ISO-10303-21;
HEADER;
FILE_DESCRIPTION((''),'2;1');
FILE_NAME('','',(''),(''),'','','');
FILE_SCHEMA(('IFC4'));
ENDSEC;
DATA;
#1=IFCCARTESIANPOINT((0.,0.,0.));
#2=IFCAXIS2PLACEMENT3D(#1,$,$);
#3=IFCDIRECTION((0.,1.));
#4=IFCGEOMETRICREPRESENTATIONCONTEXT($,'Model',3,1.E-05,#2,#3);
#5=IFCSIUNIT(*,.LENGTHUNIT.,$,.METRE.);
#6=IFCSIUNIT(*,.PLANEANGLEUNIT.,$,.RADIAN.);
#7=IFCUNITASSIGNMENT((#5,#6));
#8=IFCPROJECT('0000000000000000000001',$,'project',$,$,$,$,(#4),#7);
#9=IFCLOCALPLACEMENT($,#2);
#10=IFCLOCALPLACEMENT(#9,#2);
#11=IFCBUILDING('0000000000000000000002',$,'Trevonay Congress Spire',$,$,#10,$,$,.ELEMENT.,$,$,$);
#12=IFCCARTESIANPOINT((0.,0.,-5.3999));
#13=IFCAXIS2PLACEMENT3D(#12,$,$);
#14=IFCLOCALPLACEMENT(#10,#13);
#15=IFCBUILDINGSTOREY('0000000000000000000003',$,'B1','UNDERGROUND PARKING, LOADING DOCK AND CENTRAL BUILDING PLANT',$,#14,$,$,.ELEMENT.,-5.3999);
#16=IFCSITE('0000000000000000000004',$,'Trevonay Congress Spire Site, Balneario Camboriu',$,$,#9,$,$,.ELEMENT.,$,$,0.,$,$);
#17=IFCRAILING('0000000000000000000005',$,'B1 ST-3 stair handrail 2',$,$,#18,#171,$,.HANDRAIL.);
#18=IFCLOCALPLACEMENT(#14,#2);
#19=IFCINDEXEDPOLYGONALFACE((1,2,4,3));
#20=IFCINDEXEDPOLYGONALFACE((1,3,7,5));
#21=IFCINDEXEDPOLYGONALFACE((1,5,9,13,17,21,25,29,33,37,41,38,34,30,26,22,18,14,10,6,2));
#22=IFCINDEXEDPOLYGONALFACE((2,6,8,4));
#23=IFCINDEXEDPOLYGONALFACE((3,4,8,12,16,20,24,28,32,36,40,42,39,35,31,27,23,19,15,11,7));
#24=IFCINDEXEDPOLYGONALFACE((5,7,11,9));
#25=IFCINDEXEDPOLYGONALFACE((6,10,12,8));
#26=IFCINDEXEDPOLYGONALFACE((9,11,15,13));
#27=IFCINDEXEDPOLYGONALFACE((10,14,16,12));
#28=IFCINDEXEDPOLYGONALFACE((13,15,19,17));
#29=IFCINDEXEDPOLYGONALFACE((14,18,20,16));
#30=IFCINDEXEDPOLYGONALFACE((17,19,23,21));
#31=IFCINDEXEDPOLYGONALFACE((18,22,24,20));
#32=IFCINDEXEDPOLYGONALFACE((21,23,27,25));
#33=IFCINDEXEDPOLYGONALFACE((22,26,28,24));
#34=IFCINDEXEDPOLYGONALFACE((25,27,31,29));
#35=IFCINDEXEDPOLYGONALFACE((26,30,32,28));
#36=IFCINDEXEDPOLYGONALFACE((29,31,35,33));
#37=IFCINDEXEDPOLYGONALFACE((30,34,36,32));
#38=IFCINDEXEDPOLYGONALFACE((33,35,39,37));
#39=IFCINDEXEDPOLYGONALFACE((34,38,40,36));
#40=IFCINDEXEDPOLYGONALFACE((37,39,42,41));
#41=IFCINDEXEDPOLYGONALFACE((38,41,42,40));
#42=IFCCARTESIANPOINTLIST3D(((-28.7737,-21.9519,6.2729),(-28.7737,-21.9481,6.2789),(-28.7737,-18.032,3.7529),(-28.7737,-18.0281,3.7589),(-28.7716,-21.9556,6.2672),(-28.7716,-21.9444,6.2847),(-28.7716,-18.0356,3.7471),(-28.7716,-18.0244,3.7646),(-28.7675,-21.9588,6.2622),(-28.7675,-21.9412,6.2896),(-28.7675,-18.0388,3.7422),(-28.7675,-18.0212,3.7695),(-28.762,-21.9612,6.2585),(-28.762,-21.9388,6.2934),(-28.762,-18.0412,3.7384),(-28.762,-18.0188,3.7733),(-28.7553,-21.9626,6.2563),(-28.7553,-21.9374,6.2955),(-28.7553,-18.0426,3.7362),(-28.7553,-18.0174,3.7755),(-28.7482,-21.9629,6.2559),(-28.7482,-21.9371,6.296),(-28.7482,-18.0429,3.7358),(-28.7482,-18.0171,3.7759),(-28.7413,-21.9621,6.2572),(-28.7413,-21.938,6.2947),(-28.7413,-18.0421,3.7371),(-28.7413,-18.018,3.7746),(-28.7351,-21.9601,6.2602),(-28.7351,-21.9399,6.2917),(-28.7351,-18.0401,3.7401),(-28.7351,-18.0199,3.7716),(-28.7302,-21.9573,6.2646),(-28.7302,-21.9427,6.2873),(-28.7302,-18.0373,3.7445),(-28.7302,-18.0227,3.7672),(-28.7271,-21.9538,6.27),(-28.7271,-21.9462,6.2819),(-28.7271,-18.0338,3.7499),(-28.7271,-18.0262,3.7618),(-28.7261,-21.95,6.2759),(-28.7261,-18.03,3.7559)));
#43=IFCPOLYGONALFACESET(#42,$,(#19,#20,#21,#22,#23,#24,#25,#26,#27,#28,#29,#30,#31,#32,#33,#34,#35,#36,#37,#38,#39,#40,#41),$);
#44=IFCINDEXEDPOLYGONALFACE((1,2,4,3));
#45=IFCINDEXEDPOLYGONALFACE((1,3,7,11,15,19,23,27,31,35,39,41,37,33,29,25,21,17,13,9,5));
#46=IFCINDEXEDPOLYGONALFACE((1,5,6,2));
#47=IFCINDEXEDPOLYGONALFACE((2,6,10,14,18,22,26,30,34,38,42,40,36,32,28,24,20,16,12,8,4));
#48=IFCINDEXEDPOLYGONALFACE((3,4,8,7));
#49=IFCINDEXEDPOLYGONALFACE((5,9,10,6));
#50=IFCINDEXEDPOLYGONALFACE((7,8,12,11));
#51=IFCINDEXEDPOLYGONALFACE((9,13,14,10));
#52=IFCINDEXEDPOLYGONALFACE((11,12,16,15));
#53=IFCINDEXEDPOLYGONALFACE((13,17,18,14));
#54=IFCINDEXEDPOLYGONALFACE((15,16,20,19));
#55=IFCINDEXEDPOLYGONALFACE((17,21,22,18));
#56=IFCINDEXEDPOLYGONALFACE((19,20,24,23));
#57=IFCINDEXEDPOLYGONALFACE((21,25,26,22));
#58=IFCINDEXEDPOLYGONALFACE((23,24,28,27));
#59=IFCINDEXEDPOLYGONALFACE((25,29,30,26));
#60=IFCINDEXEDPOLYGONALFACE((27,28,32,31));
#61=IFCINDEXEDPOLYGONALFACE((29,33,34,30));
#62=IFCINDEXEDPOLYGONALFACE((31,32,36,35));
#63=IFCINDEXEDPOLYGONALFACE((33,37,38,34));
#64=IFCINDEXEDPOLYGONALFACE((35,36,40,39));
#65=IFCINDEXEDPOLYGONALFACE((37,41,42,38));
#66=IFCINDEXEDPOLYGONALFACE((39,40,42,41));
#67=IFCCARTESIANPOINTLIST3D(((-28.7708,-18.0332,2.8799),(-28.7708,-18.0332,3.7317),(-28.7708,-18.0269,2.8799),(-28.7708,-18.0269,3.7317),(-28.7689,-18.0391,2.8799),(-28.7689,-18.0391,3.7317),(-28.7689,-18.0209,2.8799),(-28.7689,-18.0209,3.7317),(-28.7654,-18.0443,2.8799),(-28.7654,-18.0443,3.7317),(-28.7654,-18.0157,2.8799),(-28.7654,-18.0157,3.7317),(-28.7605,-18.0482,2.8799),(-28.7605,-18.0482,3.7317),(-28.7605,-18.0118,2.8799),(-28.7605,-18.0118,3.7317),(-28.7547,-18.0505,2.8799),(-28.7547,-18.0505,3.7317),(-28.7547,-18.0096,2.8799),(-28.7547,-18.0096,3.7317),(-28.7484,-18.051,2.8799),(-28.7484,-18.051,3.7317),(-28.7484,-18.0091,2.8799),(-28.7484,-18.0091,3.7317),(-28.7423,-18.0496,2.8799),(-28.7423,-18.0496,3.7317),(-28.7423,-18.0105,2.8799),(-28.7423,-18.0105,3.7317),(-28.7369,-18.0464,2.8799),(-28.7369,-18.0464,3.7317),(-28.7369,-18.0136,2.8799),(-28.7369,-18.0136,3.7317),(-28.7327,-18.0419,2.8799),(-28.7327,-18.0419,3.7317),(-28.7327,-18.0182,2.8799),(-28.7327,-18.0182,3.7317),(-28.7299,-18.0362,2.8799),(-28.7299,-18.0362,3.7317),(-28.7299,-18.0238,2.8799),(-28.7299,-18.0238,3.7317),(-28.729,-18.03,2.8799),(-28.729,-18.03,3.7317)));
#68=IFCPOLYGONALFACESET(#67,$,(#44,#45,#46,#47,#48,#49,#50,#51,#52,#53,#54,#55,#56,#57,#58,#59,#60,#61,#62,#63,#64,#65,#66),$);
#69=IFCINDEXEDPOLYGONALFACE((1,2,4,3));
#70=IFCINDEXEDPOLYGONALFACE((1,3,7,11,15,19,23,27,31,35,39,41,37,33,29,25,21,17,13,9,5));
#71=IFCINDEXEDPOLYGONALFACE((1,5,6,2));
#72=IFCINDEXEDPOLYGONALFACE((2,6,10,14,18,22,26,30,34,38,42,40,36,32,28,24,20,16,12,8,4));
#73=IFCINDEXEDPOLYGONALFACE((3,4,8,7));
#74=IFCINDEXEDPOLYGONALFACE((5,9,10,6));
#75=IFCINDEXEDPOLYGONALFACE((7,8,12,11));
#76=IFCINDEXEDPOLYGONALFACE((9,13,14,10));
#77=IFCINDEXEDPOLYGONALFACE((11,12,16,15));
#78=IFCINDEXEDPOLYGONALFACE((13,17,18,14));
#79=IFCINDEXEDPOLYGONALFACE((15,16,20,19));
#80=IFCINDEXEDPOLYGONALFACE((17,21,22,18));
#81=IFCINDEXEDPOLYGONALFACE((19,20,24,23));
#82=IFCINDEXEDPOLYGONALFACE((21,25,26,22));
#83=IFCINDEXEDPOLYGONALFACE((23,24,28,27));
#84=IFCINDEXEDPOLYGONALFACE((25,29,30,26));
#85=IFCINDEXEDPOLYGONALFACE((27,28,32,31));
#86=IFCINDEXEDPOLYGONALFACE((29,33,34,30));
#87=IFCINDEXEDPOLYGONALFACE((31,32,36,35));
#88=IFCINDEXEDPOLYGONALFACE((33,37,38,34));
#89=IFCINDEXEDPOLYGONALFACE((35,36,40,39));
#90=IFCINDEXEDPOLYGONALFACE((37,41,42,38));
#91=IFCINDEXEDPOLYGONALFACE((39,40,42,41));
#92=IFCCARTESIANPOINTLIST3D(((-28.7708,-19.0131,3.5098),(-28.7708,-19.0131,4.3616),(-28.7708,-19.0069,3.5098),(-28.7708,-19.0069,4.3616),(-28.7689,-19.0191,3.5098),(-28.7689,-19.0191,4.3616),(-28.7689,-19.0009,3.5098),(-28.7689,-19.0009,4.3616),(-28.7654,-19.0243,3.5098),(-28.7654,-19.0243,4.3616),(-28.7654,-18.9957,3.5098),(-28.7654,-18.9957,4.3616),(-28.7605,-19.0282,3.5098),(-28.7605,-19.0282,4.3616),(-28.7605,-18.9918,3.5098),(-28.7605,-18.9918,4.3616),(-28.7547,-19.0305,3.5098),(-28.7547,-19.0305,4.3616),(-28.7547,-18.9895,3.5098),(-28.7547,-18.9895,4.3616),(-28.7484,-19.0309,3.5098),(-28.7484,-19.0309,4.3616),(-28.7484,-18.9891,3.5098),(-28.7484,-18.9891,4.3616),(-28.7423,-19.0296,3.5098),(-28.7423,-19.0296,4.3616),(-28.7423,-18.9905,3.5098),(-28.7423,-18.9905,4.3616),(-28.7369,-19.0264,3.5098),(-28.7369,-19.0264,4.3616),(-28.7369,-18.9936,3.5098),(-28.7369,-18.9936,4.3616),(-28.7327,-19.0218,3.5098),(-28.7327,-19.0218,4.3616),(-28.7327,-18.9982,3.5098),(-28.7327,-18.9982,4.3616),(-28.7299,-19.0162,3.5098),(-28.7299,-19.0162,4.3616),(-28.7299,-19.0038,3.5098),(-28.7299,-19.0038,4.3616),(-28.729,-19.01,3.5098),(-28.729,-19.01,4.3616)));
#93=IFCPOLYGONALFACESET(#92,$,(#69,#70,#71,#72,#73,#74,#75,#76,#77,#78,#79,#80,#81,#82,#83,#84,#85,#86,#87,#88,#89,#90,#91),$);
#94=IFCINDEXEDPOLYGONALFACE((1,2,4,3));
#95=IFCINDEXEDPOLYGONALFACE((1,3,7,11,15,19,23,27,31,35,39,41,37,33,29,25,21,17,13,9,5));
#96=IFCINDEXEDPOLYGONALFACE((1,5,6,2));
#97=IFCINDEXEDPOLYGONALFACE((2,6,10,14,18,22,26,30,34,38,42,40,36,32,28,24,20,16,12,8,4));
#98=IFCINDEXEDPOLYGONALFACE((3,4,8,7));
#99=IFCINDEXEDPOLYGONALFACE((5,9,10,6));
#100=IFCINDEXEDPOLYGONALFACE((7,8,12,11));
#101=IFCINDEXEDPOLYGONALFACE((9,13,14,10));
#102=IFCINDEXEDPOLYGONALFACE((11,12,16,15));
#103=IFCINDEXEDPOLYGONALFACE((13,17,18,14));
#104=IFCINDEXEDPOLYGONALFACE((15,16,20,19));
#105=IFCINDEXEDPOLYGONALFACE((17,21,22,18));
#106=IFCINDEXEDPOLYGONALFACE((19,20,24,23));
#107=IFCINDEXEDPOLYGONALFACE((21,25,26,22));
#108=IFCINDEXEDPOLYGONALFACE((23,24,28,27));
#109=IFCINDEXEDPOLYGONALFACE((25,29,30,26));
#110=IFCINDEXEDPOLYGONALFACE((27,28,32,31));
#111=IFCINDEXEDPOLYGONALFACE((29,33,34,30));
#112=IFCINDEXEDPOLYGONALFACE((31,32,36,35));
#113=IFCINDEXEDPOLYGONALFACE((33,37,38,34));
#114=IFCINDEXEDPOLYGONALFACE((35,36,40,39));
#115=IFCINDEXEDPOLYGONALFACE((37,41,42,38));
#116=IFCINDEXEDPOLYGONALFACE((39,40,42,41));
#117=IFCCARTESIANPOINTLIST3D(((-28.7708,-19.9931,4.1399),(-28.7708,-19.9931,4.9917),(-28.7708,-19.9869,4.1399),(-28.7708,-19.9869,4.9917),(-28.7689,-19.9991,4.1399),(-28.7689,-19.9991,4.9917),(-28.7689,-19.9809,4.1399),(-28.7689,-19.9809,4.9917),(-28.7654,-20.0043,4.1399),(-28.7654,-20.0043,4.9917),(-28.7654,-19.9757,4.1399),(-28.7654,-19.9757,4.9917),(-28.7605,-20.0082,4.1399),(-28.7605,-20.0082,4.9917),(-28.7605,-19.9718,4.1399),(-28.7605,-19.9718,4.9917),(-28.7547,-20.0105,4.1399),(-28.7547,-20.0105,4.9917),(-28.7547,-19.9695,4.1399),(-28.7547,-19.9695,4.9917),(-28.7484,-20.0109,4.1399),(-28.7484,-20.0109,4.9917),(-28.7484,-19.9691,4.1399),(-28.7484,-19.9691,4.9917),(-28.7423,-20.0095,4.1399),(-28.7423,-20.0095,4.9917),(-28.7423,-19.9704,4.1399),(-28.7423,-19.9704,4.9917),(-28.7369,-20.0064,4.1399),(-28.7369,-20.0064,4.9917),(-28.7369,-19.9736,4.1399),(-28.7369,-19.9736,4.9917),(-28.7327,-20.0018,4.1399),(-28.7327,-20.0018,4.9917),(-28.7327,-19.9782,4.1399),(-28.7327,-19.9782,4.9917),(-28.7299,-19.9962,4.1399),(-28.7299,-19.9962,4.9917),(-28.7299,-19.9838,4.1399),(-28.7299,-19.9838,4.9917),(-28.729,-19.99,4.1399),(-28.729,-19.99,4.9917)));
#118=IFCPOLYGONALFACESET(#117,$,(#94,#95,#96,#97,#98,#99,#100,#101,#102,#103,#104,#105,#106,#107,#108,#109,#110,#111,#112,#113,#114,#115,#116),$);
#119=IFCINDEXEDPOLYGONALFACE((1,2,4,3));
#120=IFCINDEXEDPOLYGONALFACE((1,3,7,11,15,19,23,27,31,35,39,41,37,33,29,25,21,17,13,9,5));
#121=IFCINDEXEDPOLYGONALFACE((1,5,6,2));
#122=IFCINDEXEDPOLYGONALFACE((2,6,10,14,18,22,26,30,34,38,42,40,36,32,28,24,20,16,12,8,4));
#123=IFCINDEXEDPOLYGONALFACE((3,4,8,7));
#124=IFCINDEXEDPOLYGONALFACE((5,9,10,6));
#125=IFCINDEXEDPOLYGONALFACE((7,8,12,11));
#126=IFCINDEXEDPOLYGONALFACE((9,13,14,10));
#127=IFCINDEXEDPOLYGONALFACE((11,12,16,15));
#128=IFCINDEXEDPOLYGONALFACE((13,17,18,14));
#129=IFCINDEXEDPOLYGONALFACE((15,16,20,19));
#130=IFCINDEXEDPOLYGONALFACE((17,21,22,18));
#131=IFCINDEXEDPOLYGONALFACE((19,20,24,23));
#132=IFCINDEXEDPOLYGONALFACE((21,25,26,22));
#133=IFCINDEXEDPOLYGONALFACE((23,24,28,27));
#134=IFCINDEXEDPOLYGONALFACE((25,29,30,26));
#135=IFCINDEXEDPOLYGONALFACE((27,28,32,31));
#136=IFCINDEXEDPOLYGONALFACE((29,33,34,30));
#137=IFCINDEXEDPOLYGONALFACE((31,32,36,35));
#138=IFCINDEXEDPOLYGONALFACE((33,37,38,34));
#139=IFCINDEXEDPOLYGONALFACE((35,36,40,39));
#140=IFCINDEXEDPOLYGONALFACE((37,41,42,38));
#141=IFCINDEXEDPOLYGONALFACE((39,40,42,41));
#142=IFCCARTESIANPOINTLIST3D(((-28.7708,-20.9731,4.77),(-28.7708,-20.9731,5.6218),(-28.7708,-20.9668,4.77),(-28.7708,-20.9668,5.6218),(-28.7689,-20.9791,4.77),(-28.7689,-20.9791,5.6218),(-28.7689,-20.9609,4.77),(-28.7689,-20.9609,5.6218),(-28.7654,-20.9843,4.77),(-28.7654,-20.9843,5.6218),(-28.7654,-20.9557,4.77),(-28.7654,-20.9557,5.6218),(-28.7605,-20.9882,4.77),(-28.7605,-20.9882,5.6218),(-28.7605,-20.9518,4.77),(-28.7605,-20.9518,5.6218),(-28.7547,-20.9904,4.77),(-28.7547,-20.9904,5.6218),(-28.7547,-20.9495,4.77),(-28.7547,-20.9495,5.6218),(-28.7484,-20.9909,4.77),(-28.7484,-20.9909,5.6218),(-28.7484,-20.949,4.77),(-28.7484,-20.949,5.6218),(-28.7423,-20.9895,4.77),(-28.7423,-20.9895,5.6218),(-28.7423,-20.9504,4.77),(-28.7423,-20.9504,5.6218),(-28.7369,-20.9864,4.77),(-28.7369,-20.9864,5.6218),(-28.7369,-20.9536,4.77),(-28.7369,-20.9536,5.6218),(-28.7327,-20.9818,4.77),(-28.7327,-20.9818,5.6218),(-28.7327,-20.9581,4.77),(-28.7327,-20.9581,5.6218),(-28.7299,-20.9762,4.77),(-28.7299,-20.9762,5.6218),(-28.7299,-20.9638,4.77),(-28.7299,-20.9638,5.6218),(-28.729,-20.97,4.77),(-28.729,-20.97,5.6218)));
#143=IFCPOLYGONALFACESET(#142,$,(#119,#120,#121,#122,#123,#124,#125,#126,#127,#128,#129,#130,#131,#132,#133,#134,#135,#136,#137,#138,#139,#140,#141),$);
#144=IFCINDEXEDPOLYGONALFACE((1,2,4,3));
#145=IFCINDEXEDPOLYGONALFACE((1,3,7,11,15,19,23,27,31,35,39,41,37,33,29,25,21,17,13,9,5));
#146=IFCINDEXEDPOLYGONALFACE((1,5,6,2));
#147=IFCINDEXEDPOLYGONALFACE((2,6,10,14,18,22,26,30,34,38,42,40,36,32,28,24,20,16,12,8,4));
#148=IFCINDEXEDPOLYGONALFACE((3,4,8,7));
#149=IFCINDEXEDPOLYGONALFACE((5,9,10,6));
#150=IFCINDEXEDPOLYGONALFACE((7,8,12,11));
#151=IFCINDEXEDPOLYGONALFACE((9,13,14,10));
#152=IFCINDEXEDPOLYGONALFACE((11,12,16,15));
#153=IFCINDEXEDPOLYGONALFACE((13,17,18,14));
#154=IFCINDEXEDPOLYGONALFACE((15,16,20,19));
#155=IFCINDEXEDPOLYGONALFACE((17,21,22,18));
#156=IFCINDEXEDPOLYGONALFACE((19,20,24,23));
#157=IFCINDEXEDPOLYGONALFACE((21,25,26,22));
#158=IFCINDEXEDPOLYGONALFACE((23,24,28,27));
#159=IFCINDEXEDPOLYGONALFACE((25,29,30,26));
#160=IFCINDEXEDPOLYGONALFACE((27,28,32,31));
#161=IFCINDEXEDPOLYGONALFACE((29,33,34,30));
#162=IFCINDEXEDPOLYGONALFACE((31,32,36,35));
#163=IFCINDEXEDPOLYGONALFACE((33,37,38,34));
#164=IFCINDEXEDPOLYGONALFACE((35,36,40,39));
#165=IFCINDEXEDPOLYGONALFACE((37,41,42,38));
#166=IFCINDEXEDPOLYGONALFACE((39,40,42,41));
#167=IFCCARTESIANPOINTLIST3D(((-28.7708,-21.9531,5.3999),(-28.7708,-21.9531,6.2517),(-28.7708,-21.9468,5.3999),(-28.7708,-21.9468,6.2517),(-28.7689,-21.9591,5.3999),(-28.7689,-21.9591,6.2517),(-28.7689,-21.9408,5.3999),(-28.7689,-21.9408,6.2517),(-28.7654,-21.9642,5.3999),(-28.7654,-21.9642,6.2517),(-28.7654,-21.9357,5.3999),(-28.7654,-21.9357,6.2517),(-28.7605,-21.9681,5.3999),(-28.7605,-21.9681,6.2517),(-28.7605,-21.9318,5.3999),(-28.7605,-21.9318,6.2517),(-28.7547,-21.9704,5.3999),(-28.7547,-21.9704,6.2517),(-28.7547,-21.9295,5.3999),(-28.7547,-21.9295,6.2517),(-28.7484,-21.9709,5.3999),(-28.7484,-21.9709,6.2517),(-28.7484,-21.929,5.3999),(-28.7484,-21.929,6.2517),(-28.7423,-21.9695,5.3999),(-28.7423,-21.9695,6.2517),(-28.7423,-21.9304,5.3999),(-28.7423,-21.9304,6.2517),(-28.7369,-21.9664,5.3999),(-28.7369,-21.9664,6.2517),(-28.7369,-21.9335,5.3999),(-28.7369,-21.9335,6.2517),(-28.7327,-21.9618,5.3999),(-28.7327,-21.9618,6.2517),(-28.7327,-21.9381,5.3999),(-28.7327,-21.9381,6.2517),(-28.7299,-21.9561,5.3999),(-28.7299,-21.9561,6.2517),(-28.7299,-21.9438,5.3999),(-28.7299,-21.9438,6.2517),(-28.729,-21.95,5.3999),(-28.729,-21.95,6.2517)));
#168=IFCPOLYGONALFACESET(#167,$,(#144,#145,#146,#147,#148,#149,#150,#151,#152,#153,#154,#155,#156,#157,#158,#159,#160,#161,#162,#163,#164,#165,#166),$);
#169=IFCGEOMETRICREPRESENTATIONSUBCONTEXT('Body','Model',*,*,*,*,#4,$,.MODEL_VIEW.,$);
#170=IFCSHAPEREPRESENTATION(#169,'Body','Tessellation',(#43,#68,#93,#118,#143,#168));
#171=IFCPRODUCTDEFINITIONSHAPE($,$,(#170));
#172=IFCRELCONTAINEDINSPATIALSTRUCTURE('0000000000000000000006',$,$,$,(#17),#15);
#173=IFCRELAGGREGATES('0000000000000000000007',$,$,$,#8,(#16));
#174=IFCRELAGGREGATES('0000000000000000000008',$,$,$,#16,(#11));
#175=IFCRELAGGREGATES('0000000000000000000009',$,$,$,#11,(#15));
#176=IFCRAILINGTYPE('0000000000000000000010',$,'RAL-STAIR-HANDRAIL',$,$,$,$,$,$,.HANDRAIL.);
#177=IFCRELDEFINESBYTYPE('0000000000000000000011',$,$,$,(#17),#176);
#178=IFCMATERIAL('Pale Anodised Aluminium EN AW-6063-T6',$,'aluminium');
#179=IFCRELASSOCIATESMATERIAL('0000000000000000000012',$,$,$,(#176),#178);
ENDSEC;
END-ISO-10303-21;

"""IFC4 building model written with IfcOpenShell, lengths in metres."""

from ifc_helpers import new_model, si_unit, direction, frame, origin, origin_2d, place, context, subcontext, project, spatial, circle, extrude, material, type_object, element, save


model = new_model("IFC4")

# Units and contexts
model_context = context("Model", 3, precision=1e-05, world=origin(), true_north=direction((0.0, 1.0)))
body_context = subcontext(model_context, "Body", "Model", "MODEL_VIEW")
ifc_project = project(units=[si_unit("LENGTHUNIT", "METRE"), si_unit("PLANEANGLEUNIT", "RADIAN")], contexts=[model_context])

# Site, building, storey
site_placement = place(None, origin())
site = spatial("IfcSite", under=ifc_project, at=site_placement, Name="Trevonay Congress Spire Site, Balneario Camboriu", CompositionType="ELEMENT", RefElevation=0.0)
building_placement = place(site_placement, origin())
building = spatial("IfcBuilding", under=site, at=building_placement, Name="Trevonay Congress Spire", CompositionType="ELEMENT")
storey_placement = place(building_placement, frame((0.0, 0.0, -5.3999)))
storey = spatial("IfcBuildingStorey", under=building, at=storey_placement, Name="B1", Description="UNDERGROUND PARKING, LOADING DOCK AND CENTRAL BUILDING PLANT", CompositionType="ELEMENT", Elevation=-5.3999)

# Railing
ifc_material_1 = material(Name="Pale Anodised Aluminium EN AW-6063-T6", Category="aluminium")
railing_type_1 = type_object("IfcRailingType", Name="RAL-STAIR-HANDRAIL", PredefinedType="HANDRAIL", material=ifc_material_1)
railing_1_placement = place(storey_placement, frame((-28.75, -18.03, 2.8799)))
element("IfcRailing", 1, at=railing_1_placement, inside=storey, type_object=railing_type_1, Name="B1 ST-3 stair handrail 2", PredefinedType="HANDRAIL", context=body_context, shape_type="SweptSolid", body=[
    extrude(circle(Radius=0.0239, at=origin_2d()), frame((0.0, 0.0, 0.876), z_axis=(0.0, -0.841172, 0.540768), x_axis=(1.0, 0.0, 0.0)), (0.0, 0.0, 1.0), 4.6602),
    extrude(circle(Radius=0.021, at=origin_2d()), origin(), (0.0, 0.0, 1.0), 0.8518),
    extrude(circle(Radius=0.021, at=origin_2d()), frame((0.0, -0.98, 0.6299)), (0.0, 0.0, 1.0), 0.8518),
    extrude(circle(Radius=0.021, at=origin_2d()), frame((0.0, -1.96, 1.26)), (0.0, 0.0, 1.0), 0.8518),
    extrude(circle(Radius=0.021, at=origin_2d()), frame((0.0, -2.9399, 1.8901)), (0.0, 0.0, 1.0), 0.8518),
    extrude(circle(Radius=0.021, at=origin_2d()), frame((0.0, -3.9199, 2.52)), (0.0, 0.0, 1.0), 0.8518),
])

save(model, "model.ifc")
